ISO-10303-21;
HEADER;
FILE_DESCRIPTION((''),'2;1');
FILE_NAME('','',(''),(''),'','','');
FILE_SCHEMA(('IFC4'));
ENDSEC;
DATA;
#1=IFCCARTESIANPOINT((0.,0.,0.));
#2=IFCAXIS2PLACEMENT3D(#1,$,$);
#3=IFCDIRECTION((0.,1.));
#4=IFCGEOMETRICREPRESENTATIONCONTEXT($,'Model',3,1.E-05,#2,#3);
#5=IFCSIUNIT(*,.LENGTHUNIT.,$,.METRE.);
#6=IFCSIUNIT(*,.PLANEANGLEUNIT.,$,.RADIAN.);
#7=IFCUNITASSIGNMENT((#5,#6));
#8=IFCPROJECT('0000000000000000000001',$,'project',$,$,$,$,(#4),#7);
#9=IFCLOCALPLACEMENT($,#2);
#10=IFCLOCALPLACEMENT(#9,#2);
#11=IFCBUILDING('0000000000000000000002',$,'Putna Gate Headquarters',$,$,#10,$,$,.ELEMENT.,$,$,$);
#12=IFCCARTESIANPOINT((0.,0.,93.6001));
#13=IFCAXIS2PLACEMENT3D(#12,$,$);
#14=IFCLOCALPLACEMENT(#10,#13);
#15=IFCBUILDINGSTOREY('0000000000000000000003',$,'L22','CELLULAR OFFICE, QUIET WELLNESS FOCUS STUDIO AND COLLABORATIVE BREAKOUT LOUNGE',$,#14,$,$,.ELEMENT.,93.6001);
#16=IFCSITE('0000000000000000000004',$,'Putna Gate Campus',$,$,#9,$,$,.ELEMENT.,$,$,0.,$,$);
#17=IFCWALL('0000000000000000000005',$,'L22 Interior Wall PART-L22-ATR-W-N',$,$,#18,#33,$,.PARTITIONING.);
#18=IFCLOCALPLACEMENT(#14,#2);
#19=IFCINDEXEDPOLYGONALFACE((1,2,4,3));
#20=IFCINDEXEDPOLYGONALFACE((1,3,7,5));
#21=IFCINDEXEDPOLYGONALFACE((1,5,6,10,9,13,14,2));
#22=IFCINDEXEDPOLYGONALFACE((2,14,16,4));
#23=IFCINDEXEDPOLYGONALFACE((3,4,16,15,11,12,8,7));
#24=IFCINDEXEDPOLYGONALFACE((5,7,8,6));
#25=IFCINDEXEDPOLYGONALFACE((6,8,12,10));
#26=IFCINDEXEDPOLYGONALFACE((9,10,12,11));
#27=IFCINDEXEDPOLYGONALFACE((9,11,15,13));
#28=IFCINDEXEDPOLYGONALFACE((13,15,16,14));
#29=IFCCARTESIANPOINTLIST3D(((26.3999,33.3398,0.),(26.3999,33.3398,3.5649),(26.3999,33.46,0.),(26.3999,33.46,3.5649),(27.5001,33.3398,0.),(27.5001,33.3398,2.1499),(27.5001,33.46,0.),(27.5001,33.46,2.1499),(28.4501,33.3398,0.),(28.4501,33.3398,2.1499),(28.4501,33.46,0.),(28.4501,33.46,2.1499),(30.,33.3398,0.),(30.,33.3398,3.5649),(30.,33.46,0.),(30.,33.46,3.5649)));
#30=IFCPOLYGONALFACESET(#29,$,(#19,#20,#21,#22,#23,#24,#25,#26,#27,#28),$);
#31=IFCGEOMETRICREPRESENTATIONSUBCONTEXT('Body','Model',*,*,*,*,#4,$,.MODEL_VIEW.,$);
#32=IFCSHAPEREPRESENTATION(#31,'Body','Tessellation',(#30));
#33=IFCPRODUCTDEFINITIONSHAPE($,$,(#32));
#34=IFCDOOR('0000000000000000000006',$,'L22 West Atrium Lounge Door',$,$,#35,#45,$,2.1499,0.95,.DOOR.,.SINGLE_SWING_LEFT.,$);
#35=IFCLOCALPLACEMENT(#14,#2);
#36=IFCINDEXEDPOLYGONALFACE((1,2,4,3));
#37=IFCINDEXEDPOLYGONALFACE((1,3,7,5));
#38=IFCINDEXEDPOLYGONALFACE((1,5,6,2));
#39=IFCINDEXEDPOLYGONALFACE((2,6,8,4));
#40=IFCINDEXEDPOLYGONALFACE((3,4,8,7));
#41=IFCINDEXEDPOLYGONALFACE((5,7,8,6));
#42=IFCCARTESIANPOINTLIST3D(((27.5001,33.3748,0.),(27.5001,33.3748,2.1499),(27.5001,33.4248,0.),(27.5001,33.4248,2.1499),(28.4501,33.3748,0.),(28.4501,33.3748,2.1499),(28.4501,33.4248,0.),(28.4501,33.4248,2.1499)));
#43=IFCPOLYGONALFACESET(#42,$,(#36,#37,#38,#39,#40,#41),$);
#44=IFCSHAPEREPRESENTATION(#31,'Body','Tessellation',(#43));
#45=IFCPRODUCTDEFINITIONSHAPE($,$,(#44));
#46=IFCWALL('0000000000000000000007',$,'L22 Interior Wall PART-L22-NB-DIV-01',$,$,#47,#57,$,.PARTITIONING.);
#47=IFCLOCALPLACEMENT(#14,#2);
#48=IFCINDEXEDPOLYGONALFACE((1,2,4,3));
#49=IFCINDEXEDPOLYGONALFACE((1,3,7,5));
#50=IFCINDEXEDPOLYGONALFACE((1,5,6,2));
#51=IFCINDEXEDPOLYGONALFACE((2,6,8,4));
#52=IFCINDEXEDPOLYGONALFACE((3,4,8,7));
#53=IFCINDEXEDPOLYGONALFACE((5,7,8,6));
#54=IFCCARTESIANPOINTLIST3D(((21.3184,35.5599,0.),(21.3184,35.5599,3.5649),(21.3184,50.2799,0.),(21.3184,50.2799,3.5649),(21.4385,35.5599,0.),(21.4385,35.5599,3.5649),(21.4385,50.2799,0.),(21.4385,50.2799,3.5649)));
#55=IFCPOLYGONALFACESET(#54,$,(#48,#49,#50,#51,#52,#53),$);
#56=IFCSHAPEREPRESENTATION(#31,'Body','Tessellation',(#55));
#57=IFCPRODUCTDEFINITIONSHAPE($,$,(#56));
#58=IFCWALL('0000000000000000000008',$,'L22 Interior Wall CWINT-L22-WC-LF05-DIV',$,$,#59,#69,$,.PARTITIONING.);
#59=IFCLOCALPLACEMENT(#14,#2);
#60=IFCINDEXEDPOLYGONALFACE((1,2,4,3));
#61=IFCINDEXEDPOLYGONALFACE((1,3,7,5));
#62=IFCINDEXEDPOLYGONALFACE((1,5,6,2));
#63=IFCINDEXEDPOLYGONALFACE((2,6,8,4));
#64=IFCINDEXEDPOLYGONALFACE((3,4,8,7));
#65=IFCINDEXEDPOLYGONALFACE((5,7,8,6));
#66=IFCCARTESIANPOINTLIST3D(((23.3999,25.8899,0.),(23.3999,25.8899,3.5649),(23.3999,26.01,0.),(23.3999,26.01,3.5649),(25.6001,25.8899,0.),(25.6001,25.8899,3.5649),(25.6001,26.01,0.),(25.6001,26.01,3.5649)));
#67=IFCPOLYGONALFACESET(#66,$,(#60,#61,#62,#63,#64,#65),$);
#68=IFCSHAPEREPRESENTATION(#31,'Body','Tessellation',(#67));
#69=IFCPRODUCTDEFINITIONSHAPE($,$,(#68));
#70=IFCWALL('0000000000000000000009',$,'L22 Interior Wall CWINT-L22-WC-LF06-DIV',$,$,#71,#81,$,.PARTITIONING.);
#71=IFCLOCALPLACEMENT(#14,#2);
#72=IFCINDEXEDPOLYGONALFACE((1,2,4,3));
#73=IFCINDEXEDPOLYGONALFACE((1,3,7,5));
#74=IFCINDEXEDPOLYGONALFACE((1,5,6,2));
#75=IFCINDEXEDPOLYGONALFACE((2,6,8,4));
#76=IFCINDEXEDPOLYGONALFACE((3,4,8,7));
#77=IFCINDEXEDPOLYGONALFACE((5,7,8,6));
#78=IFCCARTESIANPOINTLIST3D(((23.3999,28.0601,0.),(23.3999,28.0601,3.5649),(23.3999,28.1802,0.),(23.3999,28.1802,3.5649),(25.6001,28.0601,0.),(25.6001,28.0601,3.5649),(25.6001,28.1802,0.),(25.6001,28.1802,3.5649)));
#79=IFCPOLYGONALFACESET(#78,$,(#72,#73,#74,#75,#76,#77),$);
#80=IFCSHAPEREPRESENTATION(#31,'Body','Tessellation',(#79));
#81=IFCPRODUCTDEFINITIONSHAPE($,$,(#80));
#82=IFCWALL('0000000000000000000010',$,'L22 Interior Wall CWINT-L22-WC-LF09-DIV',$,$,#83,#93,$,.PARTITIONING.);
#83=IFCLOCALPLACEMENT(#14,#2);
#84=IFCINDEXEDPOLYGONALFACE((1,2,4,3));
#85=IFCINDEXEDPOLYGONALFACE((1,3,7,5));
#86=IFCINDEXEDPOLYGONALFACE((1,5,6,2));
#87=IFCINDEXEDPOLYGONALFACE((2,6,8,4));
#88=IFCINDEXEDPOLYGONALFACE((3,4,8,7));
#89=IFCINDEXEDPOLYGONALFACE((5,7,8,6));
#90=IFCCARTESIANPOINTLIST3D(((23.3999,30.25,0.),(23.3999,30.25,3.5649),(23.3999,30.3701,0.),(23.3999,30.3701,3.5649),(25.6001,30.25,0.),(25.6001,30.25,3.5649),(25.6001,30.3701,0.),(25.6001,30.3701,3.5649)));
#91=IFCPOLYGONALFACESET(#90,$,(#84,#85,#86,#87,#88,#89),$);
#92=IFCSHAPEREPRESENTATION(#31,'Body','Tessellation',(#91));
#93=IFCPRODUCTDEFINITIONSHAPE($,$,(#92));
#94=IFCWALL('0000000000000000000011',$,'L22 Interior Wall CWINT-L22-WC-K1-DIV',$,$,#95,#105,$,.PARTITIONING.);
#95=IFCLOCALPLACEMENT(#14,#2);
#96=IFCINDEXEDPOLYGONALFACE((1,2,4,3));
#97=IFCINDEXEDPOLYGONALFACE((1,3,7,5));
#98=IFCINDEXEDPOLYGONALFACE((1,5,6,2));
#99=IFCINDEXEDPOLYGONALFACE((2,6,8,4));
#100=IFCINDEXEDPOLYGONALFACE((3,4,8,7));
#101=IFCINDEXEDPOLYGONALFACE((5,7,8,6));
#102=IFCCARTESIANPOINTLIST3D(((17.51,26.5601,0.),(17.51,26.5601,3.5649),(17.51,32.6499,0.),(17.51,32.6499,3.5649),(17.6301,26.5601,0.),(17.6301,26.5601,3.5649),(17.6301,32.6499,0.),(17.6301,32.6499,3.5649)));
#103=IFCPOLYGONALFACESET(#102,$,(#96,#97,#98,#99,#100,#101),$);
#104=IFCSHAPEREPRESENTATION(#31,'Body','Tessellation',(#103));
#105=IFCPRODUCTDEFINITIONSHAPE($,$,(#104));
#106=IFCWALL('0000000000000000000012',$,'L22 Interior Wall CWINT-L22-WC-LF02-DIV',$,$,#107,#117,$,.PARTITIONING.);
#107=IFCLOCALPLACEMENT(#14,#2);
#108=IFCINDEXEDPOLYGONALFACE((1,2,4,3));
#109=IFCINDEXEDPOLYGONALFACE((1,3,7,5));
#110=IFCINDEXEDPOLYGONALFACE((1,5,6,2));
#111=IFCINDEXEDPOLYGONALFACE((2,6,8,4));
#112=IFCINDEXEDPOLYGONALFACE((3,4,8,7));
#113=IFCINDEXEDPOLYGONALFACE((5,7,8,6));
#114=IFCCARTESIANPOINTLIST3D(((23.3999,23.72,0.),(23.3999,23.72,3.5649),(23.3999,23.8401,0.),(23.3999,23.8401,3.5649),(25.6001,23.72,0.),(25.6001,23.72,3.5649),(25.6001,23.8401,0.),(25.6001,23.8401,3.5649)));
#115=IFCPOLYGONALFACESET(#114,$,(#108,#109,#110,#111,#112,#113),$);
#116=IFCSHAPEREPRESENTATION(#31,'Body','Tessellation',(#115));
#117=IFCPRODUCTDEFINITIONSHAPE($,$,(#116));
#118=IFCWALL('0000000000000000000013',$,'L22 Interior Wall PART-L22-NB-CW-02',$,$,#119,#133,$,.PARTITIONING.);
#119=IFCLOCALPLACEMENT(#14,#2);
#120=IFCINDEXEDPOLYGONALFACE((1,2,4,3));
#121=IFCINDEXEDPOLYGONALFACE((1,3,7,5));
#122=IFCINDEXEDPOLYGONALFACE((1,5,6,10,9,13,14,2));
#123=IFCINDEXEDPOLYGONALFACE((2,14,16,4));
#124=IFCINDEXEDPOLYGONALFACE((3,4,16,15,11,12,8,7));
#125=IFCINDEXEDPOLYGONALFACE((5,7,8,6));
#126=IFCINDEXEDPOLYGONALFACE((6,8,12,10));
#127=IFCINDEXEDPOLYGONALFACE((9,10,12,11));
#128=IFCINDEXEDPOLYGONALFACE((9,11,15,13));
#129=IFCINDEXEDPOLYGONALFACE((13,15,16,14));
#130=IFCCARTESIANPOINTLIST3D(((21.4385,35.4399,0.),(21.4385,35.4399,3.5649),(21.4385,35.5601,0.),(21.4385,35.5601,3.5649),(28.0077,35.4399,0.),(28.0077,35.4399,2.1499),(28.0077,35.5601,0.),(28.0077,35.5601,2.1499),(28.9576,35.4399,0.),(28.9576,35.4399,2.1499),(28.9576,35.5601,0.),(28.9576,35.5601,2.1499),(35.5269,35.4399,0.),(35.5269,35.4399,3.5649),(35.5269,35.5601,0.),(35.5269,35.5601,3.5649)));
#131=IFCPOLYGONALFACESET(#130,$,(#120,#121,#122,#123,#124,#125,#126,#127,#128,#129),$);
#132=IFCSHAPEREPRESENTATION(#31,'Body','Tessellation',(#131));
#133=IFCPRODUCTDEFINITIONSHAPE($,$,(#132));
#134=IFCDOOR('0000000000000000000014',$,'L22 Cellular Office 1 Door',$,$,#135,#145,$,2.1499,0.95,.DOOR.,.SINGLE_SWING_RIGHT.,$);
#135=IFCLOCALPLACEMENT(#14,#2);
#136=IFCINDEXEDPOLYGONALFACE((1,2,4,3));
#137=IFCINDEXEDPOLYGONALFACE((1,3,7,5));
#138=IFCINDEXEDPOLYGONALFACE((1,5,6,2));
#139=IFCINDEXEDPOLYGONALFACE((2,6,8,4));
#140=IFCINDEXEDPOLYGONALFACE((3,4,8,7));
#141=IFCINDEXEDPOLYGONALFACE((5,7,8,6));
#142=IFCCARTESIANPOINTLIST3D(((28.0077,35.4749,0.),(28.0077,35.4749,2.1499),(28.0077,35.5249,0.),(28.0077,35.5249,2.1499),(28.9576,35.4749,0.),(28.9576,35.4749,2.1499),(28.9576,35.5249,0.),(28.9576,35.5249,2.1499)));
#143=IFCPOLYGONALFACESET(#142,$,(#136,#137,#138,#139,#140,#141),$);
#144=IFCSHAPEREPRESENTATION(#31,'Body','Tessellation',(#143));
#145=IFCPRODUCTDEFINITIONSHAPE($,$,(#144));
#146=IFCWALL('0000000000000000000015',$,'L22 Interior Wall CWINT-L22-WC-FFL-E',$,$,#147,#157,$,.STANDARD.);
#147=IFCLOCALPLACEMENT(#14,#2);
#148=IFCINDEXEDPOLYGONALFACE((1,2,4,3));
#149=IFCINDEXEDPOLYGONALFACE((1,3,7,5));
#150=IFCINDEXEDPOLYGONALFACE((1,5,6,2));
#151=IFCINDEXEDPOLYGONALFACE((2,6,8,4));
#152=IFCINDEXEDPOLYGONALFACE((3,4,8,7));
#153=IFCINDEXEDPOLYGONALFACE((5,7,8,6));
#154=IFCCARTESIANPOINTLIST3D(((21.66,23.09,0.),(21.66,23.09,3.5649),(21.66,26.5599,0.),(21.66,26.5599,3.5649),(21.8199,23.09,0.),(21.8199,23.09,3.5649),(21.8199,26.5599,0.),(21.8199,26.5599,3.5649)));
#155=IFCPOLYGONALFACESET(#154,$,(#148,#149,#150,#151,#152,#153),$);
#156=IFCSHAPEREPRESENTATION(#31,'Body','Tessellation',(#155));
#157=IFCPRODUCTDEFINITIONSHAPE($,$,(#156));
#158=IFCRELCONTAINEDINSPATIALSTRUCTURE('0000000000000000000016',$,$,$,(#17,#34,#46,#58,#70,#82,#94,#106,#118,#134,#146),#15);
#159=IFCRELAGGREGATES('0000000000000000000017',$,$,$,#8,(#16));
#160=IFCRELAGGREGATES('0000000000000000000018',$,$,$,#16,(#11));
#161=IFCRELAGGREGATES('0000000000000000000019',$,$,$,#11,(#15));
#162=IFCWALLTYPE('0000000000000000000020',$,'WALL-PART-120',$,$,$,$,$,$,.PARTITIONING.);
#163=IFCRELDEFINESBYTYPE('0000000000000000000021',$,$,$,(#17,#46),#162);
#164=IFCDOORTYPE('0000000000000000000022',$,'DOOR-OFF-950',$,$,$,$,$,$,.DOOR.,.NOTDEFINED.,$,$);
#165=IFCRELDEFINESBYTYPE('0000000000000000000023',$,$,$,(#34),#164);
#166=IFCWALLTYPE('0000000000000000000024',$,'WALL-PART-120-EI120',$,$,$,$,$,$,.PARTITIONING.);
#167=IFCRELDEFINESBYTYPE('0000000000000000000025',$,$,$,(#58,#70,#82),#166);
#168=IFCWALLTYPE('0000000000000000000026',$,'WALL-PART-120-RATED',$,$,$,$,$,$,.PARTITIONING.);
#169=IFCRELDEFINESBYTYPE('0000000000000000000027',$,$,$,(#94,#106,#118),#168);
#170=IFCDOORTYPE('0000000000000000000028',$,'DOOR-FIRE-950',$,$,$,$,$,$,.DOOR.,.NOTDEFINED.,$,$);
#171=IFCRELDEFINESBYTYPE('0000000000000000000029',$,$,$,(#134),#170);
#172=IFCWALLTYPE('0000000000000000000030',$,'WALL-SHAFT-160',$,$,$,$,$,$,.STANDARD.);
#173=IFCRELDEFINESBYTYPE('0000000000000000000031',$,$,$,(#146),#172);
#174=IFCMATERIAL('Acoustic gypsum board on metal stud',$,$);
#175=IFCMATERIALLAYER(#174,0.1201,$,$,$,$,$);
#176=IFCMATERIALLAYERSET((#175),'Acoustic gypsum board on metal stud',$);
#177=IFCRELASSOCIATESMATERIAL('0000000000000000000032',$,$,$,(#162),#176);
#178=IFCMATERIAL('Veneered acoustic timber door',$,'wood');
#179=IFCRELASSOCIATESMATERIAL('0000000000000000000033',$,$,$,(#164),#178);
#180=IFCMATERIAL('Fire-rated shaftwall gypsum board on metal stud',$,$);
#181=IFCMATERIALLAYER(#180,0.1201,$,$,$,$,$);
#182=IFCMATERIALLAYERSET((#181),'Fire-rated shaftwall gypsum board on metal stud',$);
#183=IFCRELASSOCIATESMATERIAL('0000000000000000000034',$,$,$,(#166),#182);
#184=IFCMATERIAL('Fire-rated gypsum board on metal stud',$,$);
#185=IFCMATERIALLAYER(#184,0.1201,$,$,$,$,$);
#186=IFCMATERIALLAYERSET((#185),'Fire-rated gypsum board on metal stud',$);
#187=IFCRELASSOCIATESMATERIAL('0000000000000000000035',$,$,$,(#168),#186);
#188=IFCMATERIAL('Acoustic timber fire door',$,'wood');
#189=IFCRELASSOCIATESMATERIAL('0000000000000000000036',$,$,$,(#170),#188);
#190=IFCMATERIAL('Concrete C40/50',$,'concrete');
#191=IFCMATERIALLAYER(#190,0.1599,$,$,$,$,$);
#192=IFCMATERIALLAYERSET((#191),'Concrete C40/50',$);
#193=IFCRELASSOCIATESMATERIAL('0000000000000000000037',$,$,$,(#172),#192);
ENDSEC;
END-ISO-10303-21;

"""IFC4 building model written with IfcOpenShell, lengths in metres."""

from ifc_helpers import new_model, si_unit, direction, frame, frame_2d, origin, place, context, subcontext, project, spatial, rectangle, extrude, material, layer, layer_set, type_object, element, fill, save


model = new_model("IFC4")

# Units and contexts
model_context = context("Model", 3, precision=1e-05, world=origin(), true_north=direction((0.0, 1.0)))
body_context = subcontext(model_context, "Body", "Model", "MODEL_VIEW")
ifc_project = project(units=[si_unit("LENGTHUNIT", "METRE"), si_unit("PLANEANGLEUNIT", "RADIAN")], contexts=[model_context])

# Site, building, storey
site_placement = place(None, origin())
site = spatial("IfcSite", under=ifc_project, at=site_placement, Name="Putna Gate Campus", CompositionType="ELEMENT", RefElevation=0.0)
building_placement = place(site_placement, origin())
building = spatial("IfcBuilding", under=site, at=building_placement, Name="Putna Gate Headquarters", CompositionType="ELEMENT")
storey_placement = place(building_placement, frame((0.0, 0.0, 93.6001)))
storey = spatial("IfcBuildingStorey", under=building, at=storey_placement, Name="L22", Description="CELLULAR OFFICE, QUIET WELLNESS FOCUS STUDIO AND COLLABORATIVE BREAKOUT LOUNGE", CompositionType="ELEMENT", Elevation=93.6001)

# Wall, opening, door
ifc_material_1 = material(Name="Acoustic gypsum board on metal stud")
ifc_layer_1 = layer(ifc_material_1, 0.1201)
ifc_layer_set_1 = layer_set([ifc_layer_1], Name="Acoustic gypsum board on metal stud")
wall_type_1 = type_object("IfcWallType", Name="WALL-PART-120", PredefinedType="PARTITIONING", material=ifc_layer_set_1)
wall_1_placement = place(storey_placement, frame((26.3999, 33.3999, 0.0), z_axis=(0.0, 0.0, 1.0), x_axis=(1.0, 0.0, 0.0)))
wall_1 = element("IfcWall", 1, at=wall_1_placement, inside=storey, type_object=wall_type_1, Name="L22 Interior Wall PART-L22-ATR-W-N", PredefinedType="PARTITIONING", context=body_context, shape_type="SweptSolid", body=[
    extrude(rectangle(XDim=3.6001, YDim=0.1201, at=frame_2d((1.8, 0.0))), origin(), (0.0, 0.0, 1.0), 3.5649),
])
opening_1_placement = place(wall_1_placement, frame((1.1001, 0.0, 0.0)))
opening_1 = element("IfcOpeningElement", 2, at=opening_1_placement, cuts=wall_1, PredefinedType="OPENING", context=body_context, shape_type="SweptSolid", body=[
    extrude(rectangle(XDim=0.95, YDim=2.1499, at=frame_2d((0.4751, 1.075))), frame((0.0, 0.0701, 0.0), z_axis=(0.0, -1.0, 0.0), x_axis=(1.0, 0.0, 0.0)), (0.0, 0.0, 1.0), 0.1401),
])
ifc_material_2 = material(Name="Veneered acoustic timber door", Category="wood")
door_type_1 = type_object("IfcDoorType", Name="DOOR-OFF-950", OperationType="NOTDEFINED", PredefinedType="DOOR", material=ifc_material_2)
door_1_placement = place(opening_1_placement, origin())
door_1 = element("IfcDoor", 3, at=door_1_placement, inside=storey, type_object=door_type_1, Name="L22 West Atrium Lounge Door", OperationType="SINGLE_SWING_LEFT", OverallHeight=2.1499, OverallWidth=0.95, PredefinedType="DOOR", context=body_context, shape_type="SweptSolid", body=[
    extrude(rectangle(XDim=0.95, YDim=2.1499, at=frame_2d((0.4751, 1.075))), frame((0.0, 0.0249, 0.0), z_axis=(0.0, -1.0, 0.0), x_axis=(1.0, 0.0, 0.0)), (0.0, 0.0, 1.0), 0.05),
])
fill(opening_1, door_1)

# Walls
wall_2_placement = place(storey_placement, frame((21.3784, 35.5601, 0.0), z_axis=(0.0, 0.0, 1.0), x_axis=(0.0, 1.0, 0.0)))
element("IfcWall", 4, at=wall_2_placement, inside=storey, type_object=wall_type_1, Name="L22 Interior Wall PART-L22-NB-DIV-01", PredefinedType="PARTITIONING", context=body_context, shape_type="SweptSolid", body=[
    extrude(rectangle(XDim=14.72, YDim=0.1201, at=frame_2d((7.3599, 0.0))), origin(), (0.0, 0.0, 1.0), 3.5649),
])
ifc_material_3 = material(Name="Fire-rated shaftwall gypsum board on metal stud")
ifc_layer_2 = layer(ifc_material_3, 0.1201)
ifc_layer_set_2 = layer_set([ifc_layer_2], Name="Fire-rated shaftwall gypsum board on metal stud")
wall_type_2 = type_object("IfcWallType", Name="WALL-PART-120-EI120", PredefinedType="PARTITIONING", material=ifc_layer_set_2)
for number, where, z_axis, x_axis, name in (
    (5, (23.3999, 25.95, 0.0), (0.0, 0.0, 1.0), (1.0, 0.0, 0.0), "L22 Interior Wall CWINT-L22-WC-LF05-DIV"),
    (6, (23.3999, 28.1201, 0.0), (0.0, 0.0, 1.0), (1.0, 0.0, 0.0), "L22 Interior Wall CWINT-L22-WC-LF06-DIV"),
    (7, (23.3999, 30.3101, 0.0), (0.0, 0.0, 1.0), (1.0, 0.0, 0.0), "L22 Interior Wall CWINT-L22-WC-LF09-DIV"),
):
    element("IfcWall", number, at=place(storey_placement, frame(where, z_axis=z_axis, x_axis=x_axis)), inside=storey, type_object=wall_type_2, Name=name, PredefinedType="PARTITIONING", context=body_context, shape_type="SweptSolid", body=[
        extrude(rectangle(XDim=2.2002, YDim=0.1201, at=frame_2d((1.1001, 0.0))), origin(), (0.0, 0.0, 1.0), 3.5649),
    ])
ifc_material_4 = material(Name="Fire-rated gypsum board on metal stud")
ifc_layer_3 = layer(ifc_material_4, 0.1201)
ifc_layer_set_3 = layer_set([ifc_layer_3], Name="Fire-rated gypsum board on metal stud")
wall_type_3 = type_object("IfcWallType", Name="WALL-PART-120-RATED", PredefinedType="PARTITIONING", material=ifc_layer_set_3)
wall_3_placement = place(storey_placement, frame((17.5701, 26.5601, 0.0), z_axis=(0.0, 0.0, 1.0), x_axis=(0.0, 1.0, 0.0)))
element("IfcWall", 8, at=wall_3_placement, inside=storey, type_object=wall_type_3, Name="L22 Interior Wall CWINT-L22-WC-K1-DIV", PredefinedType="PARTITIONING", context=body_context, shape_type="SweptSolid", body=[
    extrude(rectangle(XDim=6.0898, YDim=0.1201, at=frame_2d((3.0449, 0.0))), origin(), (0.0, 0.0, 1.0), 3.5649),
])
wall_4_placement = place(storey_placement, frame((23.3999, 23.78, 0.0), z_axis=(0.0, 0.0, 1.0), x_axis=(1.0, 0.0, 0.0)))
element("IfcWall", 9, at=wall_4_placement, inside=storey, type_object=wall_type_3, Name="L22 Interior Wall CWINT-L22-WC-LF02-DIV", PredefinedType="PARTITIONING", context=body_context, shape_type="SweptSolid", body=[
    extrude(rectangle(XDim=2.2002, YDim=0.1201, at=frame_2d((1.1001, 0.0))), origin(), (0.0, 0.0, 1.0), 3.5649),
])

# Wall, opening, door
wall_5_placement = place(storey_placement, frame((21.4385, 35.5, 0.0), z_axis=(0.0, 0.0, 1.0), x_axis=(1.0, 0.0, 0.0)))
wall_5 = element("IfcWall", 10, at=wall_5_placement, inside=storey, type_object=wall_type_3, Name="L22 Interior Wall PART-L22-NB-CW-02", PredefinedType="PARTITIONING", context=body_context, shape_type="SweptSolid", body=[
    extrude(rectangle(XDim=14.0884, YDim=0.1201, at=frame_2d((7.0442, 0.0))), origin(), (0.0, 0.0, 1.0), 3.5649),
])
opening_2_placement = place(wall_5_placement, frame((6.5691, 0.0, 0.0)))
opening_2 = element("IfcOpeningElement", 11, at=opening_2_placement, cuts=wall_5, PredefinedType="OPENING", context=body_context, shape_type="SweptSolid", body=[
    extrude(rectangle(XDim=0.95, YDim=2.1499, at=frame_2d((0.4751, 1.075))), frame((0.0, 0.0701, 0.0), z_axis=(0.0, -1.0, 0.0), x_axis=(1.0, 0.0, 0.0)), (0.0, 0.0, 1.0), 0.1401),
])
ifc_material_5 = material(Name="Acoustic timber fire door", Category="wood")
door_type_2 = type_object("IfcDoorType", Name="DOOR-FIRE-950", OperationType="NOTDEFINED", PredefinedType="DOOR", material=ifc_material_5)
door_2_placement = place(opening_2_placement, origin())
door_2 = element("IfcDoor", 12, at=door_2_placement, inside=storey, type_object=door_type_2, Name="L22 Cellular Office 1 Door", OperationType="SINGLE_SWING_RIGHT", OverallHeight=2.1499, OverallWidth=0.95, PredefinedType="DOOR", context=body_context, shape_type="SweptSolid", body=[
    extrude(rectangle(XDim=0.95, YDim=2.1499, at=frame_2d((0.4751, 1.075))), frame((0.0, 0.0249, 0.0), z_axis=(0.0, -1.0, 0.0), x_axis=(1.0, 0.0, 0.0)), (0.0, 0.0, 1.0), 0.05),
])
fill(opening_2, door_2)

# Wall
ifc_material_6 = material(Name="Concrete C40/50", Category="concrete")
ifc_layer_4 = layer(ifc_material_6, 0.1599)
ifc_layer_set_4 = layer_set([ifc_layer_4], Name="Concrete C40/50")
wall_type_4 = type_object("IfcWallType", Name="WALL-SHAFT-160", PredefinedType="STANDARD", material=ifc_layer_set_4)
wall_6_placement = place(storey_placement, frame((21.74, 23.0901, 0.0), z_axis=(0.0, 0.0, 1.0), x_axis=(0.0, 1.0, 0.0)))
element("IfcWall", 13, at=wall_6_placement, inside=storey, type_object=wall_type_4, Name="L22 Interior Wall CWINT-L22-WC-FFL-E", PredefinedType="STANDARD", context=body_context, shape_type="SweptSolid", body=[
    extrude(rectangle(XDim=3.47, YDim=0.1599, at=frame_2d((1.7349, 0.0))), origin(), (0.0, 0.0, 1.0), 3.5649),
])

save(model, "model.ifc")
